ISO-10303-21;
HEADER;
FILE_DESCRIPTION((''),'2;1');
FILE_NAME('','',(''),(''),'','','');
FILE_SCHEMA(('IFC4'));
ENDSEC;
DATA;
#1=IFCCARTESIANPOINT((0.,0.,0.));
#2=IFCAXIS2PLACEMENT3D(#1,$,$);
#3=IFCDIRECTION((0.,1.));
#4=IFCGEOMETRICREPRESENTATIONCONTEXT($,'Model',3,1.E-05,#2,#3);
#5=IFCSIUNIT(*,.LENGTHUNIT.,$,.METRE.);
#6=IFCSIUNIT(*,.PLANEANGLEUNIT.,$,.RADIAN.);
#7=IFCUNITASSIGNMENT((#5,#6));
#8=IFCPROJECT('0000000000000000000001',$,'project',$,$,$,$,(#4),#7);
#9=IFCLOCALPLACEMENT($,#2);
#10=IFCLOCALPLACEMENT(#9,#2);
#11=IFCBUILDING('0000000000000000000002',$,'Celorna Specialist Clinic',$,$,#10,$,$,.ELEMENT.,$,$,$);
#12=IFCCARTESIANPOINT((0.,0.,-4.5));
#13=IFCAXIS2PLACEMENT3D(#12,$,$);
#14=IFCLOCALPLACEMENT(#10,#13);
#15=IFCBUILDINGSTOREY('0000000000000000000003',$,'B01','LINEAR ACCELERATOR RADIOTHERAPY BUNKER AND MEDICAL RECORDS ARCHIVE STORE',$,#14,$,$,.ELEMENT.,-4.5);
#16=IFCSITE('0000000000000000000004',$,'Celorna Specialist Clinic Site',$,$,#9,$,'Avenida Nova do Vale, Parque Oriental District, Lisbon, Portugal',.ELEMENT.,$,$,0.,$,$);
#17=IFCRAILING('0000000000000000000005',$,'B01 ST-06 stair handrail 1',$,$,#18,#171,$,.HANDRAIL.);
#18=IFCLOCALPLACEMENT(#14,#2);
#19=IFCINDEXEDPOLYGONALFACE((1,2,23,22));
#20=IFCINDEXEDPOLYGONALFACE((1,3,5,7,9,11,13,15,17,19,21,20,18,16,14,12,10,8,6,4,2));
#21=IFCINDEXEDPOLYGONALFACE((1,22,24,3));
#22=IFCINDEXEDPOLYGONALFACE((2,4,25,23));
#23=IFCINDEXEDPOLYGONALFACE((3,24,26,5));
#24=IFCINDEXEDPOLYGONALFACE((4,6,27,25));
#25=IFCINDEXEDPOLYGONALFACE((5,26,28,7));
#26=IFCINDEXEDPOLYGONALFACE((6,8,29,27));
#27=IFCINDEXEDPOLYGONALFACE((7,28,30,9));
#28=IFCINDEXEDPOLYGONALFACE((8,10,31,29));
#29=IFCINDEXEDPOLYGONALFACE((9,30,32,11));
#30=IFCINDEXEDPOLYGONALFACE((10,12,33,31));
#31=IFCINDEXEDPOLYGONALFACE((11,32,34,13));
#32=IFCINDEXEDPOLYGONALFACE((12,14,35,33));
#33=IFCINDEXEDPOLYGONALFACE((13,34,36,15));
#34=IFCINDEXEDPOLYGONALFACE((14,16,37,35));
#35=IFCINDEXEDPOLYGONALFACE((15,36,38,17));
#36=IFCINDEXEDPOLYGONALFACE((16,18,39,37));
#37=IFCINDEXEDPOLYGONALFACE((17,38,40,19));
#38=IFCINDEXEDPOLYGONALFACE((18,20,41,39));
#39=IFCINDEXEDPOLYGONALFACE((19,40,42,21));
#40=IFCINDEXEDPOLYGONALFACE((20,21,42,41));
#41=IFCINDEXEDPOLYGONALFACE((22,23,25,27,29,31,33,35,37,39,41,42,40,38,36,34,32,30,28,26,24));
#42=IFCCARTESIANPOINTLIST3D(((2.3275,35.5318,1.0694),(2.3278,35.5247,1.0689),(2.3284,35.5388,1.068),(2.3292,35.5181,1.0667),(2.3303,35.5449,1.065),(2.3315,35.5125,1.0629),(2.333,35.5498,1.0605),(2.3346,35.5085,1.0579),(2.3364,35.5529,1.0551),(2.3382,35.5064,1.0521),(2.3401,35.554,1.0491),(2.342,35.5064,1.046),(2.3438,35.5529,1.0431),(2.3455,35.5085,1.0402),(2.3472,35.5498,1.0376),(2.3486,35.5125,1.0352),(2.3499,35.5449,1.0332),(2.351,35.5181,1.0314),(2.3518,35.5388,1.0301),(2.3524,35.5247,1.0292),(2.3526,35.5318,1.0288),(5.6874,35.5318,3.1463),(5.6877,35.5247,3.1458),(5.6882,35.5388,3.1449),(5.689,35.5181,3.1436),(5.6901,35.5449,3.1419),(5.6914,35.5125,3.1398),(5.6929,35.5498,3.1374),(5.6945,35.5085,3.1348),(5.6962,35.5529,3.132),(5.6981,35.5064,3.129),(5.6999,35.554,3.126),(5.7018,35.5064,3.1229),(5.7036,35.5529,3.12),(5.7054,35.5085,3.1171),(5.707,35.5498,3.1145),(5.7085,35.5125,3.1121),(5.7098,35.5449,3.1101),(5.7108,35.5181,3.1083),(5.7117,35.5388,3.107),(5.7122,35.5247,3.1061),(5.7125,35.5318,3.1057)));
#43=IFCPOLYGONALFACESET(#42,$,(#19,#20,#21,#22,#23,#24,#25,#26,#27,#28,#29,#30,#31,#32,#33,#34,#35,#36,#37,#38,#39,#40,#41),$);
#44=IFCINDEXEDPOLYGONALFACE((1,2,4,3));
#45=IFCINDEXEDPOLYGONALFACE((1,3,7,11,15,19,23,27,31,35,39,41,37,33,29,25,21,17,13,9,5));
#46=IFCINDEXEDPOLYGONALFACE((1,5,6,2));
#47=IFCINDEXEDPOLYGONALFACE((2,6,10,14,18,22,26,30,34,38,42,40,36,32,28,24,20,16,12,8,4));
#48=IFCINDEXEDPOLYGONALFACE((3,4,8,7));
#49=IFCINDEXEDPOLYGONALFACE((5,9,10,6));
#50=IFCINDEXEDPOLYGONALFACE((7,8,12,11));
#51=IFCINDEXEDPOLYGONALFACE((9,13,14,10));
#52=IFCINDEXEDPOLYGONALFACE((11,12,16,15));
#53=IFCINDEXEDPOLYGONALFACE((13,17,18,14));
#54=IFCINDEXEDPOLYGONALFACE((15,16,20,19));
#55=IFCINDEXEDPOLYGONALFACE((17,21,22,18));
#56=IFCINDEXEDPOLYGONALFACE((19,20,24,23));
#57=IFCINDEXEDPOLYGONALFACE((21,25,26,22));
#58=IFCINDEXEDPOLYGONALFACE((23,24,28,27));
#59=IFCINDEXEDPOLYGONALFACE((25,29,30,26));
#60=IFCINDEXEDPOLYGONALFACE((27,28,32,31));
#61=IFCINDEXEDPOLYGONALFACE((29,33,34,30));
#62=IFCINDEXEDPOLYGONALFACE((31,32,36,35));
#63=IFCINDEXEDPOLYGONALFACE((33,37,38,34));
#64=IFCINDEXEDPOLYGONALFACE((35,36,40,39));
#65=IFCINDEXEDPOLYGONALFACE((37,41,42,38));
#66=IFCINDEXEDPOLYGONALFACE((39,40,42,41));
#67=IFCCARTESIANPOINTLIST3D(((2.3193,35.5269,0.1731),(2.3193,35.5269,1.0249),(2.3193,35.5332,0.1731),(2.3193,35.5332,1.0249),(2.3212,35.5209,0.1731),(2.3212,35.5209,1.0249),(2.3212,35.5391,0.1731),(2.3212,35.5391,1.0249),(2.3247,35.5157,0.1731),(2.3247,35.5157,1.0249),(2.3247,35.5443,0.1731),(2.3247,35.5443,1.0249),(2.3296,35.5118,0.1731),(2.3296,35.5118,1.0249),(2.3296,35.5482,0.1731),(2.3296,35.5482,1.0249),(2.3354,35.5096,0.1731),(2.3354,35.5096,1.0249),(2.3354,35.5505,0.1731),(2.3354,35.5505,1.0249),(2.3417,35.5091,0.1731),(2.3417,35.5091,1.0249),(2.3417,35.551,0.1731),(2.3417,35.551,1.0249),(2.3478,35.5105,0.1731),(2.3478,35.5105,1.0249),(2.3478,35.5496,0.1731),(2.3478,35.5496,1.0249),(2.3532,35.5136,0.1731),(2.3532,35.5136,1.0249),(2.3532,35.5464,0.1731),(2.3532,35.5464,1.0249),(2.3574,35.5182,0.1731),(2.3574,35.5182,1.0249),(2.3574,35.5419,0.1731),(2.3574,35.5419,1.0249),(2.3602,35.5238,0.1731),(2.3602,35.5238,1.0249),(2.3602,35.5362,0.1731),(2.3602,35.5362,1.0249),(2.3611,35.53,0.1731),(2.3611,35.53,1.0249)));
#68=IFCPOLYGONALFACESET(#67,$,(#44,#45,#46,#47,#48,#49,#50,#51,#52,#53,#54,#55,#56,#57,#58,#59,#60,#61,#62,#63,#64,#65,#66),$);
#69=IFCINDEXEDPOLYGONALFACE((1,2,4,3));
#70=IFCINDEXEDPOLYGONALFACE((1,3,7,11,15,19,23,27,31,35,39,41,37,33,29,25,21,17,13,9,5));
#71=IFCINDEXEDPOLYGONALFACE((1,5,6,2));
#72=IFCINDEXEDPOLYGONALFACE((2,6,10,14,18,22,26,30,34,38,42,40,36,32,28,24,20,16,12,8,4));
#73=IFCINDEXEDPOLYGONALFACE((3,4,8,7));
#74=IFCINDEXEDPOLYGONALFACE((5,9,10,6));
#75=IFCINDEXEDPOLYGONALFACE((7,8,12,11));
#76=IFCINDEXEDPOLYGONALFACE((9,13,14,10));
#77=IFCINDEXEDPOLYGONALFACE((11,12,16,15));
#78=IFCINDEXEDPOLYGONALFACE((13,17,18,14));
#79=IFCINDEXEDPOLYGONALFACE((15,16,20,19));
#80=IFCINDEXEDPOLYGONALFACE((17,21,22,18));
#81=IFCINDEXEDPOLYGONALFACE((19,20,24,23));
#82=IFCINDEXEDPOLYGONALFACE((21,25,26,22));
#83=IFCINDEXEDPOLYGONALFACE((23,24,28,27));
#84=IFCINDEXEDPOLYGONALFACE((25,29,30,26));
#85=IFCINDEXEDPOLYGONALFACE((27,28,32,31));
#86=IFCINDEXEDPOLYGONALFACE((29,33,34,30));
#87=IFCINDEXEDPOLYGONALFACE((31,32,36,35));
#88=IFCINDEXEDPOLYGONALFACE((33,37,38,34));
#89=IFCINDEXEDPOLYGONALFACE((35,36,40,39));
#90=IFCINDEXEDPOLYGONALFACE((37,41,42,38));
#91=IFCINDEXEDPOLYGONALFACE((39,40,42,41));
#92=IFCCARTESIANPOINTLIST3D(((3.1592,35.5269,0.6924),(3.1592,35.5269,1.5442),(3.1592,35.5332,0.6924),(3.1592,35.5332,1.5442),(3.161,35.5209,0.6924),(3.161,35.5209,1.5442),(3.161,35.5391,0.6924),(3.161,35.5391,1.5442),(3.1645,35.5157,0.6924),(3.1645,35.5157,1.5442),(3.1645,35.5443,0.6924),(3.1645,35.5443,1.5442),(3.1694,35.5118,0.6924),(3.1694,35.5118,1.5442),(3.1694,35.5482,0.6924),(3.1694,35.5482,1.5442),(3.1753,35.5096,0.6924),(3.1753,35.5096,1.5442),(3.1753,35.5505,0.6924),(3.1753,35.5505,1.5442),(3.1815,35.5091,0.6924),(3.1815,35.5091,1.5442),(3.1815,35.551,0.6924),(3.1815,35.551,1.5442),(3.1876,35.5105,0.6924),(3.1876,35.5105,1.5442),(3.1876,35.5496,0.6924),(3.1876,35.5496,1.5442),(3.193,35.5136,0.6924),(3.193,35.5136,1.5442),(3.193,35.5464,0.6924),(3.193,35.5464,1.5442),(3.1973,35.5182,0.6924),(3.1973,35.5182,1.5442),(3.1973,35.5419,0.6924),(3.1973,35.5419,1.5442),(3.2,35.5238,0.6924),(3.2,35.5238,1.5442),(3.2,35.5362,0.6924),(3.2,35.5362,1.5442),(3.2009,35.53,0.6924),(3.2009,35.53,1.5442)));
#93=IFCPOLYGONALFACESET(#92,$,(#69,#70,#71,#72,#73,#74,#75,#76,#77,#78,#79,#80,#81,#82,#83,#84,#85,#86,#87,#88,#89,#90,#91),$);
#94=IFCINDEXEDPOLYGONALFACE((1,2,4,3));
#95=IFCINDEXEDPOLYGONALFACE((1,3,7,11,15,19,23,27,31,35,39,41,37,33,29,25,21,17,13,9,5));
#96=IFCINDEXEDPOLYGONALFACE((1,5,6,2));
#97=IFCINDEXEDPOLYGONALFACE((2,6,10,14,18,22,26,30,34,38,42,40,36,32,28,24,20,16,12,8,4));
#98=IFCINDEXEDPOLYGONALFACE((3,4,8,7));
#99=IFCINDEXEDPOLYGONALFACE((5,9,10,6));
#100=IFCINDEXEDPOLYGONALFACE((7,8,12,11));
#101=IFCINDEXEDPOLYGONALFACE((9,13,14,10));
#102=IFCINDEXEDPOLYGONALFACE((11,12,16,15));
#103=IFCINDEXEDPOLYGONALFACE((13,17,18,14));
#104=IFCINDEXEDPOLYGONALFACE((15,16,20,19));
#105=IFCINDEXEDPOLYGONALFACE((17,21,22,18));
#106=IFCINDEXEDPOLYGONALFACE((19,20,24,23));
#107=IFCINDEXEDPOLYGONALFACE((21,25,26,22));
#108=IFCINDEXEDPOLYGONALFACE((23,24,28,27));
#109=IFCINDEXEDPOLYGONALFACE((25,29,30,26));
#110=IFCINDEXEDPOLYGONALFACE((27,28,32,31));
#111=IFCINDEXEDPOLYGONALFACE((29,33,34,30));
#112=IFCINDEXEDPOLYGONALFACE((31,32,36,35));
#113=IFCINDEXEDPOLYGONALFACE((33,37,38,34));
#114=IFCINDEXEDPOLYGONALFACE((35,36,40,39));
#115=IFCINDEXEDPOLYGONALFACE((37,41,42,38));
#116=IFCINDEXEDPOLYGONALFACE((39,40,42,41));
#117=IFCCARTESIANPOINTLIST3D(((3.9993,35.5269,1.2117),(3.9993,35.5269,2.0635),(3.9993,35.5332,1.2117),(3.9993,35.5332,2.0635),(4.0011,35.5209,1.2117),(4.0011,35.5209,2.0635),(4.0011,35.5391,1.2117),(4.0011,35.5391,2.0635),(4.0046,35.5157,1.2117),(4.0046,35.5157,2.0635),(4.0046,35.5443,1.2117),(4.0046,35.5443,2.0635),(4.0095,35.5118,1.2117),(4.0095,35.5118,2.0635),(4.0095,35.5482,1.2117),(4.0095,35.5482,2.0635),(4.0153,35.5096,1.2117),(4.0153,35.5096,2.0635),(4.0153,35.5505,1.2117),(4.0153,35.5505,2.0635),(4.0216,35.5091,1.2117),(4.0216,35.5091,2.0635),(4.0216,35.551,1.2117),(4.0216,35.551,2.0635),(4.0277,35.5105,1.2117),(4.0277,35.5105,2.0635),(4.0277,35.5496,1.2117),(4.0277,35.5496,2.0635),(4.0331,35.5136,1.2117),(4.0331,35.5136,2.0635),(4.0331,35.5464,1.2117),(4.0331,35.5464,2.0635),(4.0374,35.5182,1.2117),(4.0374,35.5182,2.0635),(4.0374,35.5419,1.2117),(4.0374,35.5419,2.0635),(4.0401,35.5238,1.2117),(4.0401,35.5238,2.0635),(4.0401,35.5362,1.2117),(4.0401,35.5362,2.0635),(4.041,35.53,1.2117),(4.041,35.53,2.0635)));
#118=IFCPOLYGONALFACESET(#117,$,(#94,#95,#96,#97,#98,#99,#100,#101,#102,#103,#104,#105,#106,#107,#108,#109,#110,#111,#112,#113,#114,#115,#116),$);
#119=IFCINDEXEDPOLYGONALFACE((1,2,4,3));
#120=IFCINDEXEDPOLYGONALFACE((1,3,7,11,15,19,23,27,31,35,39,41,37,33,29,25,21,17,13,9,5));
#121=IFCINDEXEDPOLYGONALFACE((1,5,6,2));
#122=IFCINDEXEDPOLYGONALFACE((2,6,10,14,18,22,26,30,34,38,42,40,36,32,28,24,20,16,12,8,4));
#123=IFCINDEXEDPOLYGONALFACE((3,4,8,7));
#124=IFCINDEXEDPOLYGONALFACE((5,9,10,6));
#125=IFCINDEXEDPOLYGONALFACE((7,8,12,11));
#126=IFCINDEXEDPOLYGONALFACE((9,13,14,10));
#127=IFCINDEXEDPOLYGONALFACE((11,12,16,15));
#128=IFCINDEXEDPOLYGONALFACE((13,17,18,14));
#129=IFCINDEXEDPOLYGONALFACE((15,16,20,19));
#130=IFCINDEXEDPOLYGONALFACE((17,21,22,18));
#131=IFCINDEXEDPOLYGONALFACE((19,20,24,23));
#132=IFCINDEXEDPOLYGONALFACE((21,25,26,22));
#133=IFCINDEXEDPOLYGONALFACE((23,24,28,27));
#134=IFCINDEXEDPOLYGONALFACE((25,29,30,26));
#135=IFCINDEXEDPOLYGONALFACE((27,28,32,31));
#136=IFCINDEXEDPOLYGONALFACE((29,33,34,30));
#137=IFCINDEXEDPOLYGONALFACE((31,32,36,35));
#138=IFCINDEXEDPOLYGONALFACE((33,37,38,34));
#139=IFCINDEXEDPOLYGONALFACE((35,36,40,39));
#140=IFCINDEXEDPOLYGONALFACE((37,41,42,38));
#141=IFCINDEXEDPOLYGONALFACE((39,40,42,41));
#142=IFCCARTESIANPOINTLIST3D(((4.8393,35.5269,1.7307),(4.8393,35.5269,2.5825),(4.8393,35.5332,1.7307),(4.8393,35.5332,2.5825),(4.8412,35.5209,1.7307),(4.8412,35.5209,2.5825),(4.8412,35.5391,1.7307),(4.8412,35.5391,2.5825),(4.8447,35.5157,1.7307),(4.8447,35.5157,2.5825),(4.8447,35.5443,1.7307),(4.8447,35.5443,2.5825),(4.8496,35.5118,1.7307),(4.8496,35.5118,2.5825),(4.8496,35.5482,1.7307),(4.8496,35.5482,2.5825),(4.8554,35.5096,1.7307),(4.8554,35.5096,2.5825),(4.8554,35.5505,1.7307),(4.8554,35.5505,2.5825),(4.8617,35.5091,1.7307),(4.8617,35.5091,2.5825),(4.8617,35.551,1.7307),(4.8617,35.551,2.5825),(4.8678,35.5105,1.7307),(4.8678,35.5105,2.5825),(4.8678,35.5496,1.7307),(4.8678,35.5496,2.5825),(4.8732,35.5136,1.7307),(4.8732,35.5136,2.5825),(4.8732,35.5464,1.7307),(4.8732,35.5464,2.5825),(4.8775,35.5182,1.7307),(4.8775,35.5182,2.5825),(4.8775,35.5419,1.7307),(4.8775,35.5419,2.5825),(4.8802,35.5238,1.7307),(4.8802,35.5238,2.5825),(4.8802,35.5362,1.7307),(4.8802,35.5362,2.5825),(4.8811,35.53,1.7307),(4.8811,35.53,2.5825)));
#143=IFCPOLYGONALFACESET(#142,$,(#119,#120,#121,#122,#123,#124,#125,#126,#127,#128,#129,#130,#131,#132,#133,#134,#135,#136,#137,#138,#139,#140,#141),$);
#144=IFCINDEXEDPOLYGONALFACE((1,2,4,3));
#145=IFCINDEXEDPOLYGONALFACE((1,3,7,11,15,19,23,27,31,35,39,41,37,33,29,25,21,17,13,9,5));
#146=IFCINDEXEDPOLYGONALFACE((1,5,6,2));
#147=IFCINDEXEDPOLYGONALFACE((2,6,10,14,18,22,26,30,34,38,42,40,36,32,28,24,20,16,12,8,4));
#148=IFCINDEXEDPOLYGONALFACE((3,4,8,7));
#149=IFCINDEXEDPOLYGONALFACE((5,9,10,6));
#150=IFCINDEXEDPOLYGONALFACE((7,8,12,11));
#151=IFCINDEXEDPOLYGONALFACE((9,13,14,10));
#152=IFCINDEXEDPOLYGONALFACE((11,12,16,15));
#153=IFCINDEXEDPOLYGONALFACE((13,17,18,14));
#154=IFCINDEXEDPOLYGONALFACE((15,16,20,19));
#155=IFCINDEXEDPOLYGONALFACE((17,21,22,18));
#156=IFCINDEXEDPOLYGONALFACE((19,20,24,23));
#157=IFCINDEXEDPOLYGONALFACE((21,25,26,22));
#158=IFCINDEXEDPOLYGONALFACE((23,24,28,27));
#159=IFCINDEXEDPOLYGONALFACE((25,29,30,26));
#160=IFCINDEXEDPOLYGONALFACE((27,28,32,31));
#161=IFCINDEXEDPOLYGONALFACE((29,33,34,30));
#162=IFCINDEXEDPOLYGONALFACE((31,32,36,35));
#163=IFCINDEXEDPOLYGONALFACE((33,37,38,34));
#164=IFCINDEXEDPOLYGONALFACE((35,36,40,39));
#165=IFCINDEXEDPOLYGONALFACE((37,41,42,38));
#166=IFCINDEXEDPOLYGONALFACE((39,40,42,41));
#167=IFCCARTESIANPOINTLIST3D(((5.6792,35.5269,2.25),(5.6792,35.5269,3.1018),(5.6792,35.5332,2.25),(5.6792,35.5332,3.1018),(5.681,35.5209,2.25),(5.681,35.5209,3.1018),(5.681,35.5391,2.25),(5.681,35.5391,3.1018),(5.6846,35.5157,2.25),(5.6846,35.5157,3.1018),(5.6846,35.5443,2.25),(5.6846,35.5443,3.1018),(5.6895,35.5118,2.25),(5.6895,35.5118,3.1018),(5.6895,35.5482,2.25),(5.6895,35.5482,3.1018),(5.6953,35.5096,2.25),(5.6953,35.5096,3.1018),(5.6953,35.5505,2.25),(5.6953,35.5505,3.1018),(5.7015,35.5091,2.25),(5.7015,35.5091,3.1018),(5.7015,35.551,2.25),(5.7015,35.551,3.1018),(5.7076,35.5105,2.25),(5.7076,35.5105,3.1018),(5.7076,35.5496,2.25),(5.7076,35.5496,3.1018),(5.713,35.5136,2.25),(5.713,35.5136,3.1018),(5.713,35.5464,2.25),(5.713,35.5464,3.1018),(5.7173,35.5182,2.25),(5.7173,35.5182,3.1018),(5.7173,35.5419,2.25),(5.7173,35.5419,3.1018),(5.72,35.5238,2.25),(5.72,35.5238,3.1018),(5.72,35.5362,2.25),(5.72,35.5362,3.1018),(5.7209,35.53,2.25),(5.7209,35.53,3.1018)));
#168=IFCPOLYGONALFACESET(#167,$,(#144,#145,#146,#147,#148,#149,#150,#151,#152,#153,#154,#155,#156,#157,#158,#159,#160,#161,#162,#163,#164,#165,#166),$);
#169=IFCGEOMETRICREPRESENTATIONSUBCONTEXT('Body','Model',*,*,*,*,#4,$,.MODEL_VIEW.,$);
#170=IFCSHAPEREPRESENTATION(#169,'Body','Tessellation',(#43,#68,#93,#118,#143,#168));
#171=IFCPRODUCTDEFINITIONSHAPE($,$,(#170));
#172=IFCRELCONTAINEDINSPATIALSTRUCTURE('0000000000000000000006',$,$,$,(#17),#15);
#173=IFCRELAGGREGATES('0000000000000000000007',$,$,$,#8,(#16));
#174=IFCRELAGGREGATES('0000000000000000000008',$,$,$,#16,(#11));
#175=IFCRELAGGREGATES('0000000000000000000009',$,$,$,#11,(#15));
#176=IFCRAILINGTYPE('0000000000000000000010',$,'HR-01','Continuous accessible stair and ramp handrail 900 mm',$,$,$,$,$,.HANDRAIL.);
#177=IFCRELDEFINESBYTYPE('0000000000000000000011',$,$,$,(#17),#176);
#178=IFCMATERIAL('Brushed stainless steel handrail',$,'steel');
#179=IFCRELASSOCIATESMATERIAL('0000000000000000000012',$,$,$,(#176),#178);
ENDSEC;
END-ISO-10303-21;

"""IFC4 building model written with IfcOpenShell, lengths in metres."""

from ifc_helpers import new_model, si_unit, direction, frame, origin, origin_2d, place, context, subcontext, project, spatial, circle, extrude, material, type_object, element, save


model = new_model("IFC4")

# Units and contexts
model_context = context("Model", 3, precision=1e-05, world=origin(), true_north=direction((0.0, 1.0)))
body_context = subcontext(model_context, "Body", "Model", "MODEL_VIEW")
ifc_project = project(units=[si_unit("LENGTHUNIT", "METRE"), si_unit("PLANEANGLEUNIT", "RADIAN")], contexts=[model_context])

# Site, building, storey
site_placement = place(None, origin())
site = spatial("IfcSite", under=ifc_project, at=site_placement, Name="Celorna Specialist Clinic Site", LongName="Avenida Nova do Vale, Parque Oriental District, Lisbon, Portugal", CompositionType="ELEMENT", RefElevation=0.0)
building_placement = place(site_placement, origin())
building = spatial("IfcBuilding", under=site, at=building_placement, Name="Celorna Specialist Clinic", CompositionType="ELEMENT")
storey_placement = place(building_placement, frame((0.0, 0.0, -4.5)))
storey = spatial("IfcBuildingStorey", under=building, at=storey_placement, Name="B01", Description="LINEAR ACCELERATOR RADIOTHERAPY BUNKER AND MEDICAL RECORDS ARCHIVE STORE", CompositionType="ELEMENT", Elevation=-4.5)

# Railing
ifc_material_1 = material(Name="Brushed stainless steel handrail", Category="steel")
railing_type_1 = type_object("IfcRailingType", Name="HR-01", Description="Continuous accessible stair and ramp handrail 900 mm", PredefinedType="HANDRAIL", material=ifc_material_1)
railing_1_placement = place(storey_placement, frame((2.3401, 35.53, 0.1731)))
element("IfcRailing", 1, at=railing_1_placement, inside=storey, type_object=railing_type_1, Name="B01 ST-06 stair handrail 1", PredefinedType="HANDRAIL", context=body_context, shape_type="SweptSolid", body=[
    extrude(circle(Radius=0.0239, at=origin_2d()), frame((0.0, 0.0, 0.876), z_axis=(0.850606, 0.0, 0.525803), x_axis=(0.0, 1.0, 0.0)), (0.0, 0.0, 1.0), 3.95),
    extrude(circle(Radius=0.021, at=origin_2d()), origin(), (0.0, 0.0, 1.0), 0.8518),
    extrude(circle(Radius=0.021, at=origin_2d()), frame((0.8398, 0.0, 0.5193)), (0.0, 0.0, 1.0), 0.8518),
    extrude(circle(Radius=0.021, at=origin_2d()), frame((1.6799, 0.0, 1.0386)), (0.0, 0.0, 1.0), 0.8518),
    extrude(circle(Radius=0.021, at=origin_2d()), frame((2.52, 0.0, 1.5576)), (0.0, 0.0, 1.0), 0.8518),
    extrude(circle(Radius=0.021, at=origin_2d()), frame((3.3599, 0.0, 2.0769)), (0.0, 0.0, 1.0), 0.8518),
])

save(model, "model.ifc")
